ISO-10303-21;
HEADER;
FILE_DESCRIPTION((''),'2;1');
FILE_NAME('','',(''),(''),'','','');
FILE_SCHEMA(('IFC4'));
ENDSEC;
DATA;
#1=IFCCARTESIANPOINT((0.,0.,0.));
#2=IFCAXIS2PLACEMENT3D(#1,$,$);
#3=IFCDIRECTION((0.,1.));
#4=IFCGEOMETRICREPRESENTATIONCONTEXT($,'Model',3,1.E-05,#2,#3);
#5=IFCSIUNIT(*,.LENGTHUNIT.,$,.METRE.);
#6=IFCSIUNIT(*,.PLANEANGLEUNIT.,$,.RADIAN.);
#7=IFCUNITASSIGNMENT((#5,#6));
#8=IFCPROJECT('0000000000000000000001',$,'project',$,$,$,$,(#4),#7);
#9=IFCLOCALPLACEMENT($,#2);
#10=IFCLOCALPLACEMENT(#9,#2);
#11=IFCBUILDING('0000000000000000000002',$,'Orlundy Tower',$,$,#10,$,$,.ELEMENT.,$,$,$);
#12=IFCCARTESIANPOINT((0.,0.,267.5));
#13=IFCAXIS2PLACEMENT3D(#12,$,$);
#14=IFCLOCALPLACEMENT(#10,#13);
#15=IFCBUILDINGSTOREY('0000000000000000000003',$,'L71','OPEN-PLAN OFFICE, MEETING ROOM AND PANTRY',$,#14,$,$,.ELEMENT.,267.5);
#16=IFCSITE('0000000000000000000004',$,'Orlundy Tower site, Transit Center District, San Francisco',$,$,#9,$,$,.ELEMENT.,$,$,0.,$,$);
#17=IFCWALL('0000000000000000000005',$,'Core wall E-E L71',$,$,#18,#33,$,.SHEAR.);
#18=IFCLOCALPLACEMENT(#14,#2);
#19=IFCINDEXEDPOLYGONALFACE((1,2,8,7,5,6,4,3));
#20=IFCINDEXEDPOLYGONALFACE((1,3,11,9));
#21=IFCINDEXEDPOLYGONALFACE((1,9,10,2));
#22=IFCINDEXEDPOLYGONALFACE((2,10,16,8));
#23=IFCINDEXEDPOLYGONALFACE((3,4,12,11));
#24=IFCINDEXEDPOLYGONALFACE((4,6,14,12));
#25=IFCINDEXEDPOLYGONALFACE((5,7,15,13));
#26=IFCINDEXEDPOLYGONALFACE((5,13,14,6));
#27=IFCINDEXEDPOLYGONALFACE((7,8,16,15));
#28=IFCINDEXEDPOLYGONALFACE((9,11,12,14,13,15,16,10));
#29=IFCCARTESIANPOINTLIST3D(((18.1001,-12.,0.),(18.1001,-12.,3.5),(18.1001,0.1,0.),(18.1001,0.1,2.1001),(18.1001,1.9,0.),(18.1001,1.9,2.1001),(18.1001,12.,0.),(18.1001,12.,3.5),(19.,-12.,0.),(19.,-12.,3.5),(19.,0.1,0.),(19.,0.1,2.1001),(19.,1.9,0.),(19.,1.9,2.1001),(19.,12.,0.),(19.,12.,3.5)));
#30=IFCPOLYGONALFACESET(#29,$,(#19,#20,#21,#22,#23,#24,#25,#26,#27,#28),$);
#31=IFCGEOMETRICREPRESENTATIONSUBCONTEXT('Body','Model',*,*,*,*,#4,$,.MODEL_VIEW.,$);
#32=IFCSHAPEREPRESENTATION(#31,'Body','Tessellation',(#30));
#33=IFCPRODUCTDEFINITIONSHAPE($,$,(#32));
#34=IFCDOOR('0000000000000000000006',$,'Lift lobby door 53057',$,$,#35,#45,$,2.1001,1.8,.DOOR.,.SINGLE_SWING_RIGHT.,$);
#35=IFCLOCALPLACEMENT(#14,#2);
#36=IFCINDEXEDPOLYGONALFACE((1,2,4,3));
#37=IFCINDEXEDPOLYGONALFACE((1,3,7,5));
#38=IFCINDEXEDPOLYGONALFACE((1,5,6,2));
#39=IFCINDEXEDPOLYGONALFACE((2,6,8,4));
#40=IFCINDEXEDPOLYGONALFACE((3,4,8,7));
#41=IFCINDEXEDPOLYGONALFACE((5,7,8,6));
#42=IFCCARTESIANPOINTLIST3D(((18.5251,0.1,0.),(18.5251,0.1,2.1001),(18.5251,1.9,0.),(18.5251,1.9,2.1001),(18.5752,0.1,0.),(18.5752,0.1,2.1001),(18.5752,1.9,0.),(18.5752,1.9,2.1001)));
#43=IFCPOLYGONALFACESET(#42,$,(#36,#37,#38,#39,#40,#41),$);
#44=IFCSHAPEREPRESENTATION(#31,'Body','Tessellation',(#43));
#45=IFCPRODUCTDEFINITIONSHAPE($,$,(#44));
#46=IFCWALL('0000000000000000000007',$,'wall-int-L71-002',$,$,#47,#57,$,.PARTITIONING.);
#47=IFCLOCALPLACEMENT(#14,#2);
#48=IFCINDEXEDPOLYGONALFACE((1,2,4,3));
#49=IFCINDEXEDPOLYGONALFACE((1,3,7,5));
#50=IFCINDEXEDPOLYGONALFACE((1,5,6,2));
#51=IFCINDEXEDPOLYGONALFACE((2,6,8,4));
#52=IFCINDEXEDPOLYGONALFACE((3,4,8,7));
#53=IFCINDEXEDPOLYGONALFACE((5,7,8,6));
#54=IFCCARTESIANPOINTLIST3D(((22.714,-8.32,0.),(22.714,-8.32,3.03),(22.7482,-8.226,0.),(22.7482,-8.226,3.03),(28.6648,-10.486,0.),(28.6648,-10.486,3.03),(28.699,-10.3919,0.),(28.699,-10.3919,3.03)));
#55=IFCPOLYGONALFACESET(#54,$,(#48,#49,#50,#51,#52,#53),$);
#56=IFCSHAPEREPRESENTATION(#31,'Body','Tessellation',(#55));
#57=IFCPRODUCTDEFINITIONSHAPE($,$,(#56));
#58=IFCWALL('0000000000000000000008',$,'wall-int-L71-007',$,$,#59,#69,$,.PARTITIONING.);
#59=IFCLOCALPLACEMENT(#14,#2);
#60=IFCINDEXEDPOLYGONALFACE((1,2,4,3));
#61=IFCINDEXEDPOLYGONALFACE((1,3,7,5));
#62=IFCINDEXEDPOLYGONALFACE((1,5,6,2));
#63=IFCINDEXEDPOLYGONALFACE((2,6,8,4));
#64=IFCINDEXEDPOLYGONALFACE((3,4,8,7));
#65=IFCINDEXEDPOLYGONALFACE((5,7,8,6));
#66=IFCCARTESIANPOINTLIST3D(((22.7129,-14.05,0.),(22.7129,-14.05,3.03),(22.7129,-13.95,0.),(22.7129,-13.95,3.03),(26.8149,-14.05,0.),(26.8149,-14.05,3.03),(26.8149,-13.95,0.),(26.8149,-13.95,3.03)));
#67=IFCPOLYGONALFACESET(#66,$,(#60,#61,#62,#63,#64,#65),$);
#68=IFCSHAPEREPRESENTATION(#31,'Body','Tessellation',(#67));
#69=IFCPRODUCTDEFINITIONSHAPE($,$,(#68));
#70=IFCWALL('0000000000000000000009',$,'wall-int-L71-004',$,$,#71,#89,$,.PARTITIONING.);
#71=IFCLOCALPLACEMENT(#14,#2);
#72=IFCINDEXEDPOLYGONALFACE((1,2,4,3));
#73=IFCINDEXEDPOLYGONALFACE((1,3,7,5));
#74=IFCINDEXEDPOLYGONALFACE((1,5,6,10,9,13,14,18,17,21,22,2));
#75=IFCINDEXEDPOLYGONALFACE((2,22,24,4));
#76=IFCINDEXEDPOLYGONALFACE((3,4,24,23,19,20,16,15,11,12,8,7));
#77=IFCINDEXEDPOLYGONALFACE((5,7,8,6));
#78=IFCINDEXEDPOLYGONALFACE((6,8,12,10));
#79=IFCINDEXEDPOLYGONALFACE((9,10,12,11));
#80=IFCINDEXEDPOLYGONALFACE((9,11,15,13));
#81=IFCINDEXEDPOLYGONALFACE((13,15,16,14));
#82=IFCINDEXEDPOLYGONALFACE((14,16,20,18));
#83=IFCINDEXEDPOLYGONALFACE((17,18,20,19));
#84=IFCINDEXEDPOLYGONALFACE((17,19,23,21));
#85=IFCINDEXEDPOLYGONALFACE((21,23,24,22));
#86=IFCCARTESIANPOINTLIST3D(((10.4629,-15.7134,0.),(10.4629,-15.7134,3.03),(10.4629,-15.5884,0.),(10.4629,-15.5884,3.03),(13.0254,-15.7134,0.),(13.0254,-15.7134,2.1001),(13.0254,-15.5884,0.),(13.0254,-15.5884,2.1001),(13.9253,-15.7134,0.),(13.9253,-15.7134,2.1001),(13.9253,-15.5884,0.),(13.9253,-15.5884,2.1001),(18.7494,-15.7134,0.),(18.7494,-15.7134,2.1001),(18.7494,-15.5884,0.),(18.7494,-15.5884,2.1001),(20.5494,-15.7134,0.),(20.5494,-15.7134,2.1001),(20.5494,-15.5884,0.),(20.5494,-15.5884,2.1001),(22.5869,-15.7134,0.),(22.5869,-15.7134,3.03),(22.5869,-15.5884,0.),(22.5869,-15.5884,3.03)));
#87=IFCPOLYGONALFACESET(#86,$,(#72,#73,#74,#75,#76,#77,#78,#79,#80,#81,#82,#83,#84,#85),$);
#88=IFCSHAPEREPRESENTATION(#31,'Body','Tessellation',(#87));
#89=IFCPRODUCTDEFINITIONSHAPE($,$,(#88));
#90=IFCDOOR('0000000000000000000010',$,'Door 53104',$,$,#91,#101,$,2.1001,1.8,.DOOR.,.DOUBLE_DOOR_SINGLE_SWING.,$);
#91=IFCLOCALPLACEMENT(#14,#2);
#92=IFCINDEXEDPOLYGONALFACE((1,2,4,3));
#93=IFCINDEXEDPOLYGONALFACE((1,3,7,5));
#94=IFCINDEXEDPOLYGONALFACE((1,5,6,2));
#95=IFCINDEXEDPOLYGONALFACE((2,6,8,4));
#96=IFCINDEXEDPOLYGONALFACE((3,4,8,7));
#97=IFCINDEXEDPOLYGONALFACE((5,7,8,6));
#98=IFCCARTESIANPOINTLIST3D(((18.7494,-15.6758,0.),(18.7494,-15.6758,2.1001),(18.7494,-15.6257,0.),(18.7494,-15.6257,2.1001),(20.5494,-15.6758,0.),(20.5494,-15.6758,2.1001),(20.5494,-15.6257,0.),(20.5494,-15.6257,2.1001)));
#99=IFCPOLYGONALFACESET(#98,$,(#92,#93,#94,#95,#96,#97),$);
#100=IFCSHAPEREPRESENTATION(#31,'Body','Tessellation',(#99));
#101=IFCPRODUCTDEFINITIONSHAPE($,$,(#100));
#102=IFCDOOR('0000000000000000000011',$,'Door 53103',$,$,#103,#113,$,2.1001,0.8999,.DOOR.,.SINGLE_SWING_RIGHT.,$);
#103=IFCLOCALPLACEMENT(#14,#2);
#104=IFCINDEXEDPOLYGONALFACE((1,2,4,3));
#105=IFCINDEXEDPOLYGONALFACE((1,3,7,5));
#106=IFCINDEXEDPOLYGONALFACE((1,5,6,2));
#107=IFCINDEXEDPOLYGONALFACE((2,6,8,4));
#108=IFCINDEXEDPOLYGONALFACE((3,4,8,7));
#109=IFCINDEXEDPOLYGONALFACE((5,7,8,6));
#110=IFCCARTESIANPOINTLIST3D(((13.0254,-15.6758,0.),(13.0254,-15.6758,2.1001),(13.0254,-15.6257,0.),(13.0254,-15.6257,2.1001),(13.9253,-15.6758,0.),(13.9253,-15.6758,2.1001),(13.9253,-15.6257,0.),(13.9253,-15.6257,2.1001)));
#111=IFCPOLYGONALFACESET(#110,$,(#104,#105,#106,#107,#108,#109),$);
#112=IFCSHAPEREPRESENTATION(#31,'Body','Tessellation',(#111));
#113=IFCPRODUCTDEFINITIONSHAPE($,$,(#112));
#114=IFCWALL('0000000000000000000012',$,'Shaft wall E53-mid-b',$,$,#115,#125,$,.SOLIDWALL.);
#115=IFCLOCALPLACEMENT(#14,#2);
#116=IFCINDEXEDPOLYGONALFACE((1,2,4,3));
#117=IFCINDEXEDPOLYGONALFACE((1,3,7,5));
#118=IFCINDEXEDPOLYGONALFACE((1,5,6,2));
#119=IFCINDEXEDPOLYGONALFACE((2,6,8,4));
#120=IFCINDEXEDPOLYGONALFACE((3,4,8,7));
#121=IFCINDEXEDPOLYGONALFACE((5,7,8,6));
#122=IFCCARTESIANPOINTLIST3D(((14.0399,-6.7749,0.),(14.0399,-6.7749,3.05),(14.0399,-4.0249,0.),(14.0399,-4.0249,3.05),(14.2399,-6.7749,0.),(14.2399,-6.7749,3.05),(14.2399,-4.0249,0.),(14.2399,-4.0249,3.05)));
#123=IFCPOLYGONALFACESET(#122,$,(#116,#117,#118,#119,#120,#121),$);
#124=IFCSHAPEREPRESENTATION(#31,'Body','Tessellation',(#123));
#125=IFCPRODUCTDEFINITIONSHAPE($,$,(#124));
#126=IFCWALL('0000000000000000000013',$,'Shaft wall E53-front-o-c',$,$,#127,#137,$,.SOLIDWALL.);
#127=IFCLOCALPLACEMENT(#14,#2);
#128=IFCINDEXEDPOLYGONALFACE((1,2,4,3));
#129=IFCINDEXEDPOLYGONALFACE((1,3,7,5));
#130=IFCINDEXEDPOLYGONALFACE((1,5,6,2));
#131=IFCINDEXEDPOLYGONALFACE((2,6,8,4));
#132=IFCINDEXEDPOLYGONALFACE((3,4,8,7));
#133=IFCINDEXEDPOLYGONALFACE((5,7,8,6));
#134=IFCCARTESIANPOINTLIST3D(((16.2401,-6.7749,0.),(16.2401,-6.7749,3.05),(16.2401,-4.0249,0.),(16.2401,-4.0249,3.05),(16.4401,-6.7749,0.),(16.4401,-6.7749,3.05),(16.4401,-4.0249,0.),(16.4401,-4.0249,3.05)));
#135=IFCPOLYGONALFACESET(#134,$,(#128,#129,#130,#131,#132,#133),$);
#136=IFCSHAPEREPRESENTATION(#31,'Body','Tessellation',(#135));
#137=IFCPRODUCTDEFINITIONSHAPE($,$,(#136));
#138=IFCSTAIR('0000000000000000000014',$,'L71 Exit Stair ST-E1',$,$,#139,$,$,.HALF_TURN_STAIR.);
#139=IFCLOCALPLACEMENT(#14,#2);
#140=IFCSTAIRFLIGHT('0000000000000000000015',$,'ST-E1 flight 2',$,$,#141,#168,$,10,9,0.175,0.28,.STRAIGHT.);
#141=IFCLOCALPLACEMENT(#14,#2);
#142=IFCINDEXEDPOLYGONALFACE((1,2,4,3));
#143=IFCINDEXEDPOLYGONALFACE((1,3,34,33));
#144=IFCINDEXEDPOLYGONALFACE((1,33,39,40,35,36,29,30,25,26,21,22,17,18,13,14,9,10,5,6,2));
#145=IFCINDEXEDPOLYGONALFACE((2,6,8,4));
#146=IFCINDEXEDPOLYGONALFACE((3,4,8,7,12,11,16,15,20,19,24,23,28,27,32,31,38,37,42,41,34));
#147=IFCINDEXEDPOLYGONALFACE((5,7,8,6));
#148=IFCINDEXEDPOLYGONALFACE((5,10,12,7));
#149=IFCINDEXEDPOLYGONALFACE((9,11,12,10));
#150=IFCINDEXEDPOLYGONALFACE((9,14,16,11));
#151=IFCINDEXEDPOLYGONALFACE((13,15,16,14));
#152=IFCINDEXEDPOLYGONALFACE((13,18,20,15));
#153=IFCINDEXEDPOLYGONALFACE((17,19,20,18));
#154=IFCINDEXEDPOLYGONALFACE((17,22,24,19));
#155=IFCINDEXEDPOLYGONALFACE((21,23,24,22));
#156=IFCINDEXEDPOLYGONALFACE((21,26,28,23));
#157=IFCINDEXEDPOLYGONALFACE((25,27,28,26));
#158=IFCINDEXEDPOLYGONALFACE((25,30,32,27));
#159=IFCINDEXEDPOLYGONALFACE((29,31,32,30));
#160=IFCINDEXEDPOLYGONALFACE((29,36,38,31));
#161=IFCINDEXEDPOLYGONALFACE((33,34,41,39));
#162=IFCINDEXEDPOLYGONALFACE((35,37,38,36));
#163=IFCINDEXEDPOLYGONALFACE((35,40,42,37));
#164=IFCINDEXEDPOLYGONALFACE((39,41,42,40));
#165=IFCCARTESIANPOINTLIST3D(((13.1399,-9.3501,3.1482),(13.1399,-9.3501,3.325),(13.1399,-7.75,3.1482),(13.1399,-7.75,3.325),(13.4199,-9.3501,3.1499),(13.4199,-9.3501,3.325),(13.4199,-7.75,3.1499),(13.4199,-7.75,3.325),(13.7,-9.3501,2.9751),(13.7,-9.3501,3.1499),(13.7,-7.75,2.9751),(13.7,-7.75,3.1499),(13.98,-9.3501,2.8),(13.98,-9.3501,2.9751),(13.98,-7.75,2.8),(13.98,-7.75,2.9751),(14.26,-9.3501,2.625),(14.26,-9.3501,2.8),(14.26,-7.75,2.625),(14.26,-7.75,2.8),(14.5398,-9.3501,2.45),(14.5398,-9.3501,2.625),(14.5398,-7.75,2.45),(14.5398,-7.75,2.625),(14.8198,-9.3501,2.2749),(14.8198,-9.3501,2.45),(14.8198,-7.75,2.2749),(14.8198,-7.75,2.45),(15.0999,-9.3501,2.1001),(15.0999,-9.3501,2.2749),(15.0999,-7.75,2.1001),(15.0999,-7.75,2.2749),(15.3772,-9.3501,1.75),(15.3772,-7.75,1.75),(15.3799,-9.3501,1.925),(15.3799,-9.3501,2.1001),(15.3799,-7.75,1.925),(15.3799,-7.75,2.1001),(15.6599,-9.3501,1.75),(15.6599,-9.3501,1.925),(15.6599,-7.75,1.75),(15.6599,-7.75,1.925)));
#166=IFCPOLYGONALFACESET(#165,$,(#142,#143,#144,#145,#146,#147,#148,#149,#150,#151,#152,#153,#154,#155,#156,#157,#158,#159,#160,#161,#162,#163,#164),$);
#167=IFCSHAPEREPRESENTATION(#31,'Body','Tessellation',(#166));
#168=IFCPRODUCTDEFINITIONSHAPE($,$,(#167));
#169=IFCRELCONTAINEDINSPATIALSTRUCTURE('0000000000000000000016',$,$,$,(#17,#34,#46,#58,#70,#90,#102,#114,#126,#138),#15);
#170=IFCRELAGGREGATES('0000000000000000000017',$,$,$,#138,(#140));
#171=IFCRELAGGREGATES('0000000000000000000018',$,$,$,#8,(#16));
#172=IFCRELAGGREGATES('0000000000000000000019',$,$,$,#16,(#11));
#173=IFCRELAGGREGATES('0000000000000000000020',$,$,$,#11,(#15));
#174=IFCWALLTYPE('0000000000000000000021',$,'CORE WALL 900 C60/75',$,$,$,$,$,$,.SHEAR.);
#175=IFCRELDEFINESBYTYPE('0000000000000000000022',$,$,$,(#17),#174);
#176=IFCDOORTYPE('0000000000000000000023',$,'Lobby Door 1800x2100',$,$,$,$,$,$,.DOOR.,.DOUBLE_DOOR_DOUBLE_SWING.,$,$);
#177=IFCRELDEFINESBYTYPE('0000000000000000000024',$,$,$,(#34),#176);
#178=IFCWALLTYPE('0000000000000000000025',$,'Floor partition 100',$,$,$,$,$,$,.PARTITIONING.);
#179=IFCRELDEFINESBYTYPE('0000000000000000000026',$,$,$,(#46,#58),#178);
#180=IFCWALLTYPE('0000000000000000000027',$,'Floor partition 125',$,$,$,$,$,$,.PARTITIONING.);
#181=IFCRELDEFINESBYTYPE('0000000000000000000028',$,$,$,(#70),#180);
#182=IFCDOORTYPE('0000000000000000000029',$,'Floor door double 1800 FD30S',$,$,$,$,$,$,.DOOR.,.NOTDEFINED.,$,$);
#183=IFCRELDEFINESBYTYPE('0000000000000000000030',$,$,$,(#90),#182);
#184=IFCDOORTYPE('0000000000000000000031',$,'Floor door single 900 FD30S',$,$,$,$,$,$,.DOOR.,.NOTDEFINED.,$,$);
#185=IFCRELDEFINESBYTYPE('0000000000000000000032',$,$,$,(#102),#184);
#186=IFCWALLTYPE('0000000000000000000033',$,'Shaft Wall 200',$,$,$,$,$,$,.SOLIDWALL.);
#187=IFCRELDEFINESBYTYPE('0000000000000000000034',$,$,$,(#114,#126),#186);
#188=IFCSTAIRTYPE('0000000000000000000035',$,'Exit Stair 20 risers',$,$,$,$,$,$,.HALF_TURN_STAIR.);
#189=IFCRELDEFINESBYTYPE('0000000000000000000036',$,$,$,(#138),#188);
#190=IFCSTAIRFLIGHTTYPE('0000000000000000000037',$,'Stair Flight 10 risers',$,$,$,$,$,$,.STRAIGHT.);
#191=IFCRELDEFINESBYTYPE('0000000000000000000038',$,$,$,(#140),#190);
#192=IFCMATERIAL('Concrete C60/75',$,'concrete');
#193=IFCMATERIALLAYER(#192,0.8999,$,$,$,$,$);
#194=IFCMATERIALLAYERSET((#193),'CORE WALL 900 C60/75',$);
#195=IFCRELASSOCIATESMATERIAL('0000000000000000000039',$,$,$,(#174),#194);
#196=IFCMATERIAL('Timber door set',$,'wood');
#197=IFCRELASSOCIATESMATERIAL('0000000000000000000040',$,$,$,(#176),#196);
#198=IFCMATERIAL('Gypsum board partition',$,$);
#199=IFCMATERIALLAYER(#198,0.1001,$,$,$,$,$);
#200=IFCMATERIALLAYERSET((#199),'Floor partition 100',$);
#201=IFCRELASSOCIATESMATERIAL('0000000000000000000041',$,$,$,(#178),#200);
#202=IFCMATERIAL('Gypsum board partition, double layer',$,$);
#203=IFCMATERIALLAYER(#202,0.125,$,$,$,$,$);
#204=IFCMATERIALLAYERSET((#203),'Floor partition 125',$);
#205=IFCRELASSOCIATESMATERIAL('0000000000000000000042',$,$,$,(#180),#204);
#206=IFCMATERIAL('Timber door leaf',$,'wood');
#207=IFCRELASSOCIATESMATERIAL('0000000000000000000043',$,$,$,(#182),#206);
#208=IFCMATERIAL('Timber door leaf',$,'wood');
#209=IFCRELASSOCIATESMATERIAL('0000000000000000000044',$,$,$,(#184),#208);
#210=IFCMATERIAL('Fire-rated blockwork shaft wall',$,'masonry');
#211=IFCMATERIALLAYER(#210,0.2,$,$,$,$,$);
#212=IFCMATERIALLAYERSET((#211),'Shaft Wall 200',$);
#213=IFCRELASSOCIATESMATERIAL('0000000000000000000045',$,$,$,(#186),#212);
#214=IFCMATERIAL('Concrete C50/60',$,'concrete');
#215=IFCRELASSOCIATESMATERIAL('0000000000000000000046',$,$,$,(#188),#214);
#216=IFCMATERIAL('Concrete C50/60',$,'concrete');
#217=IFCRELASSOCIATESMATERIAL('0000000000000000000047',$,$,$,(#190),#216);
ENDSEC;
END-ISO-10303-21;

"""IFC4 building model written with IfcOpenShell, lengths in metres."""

from ifc_helpers import new_model, si_unit, direction, frame, frame_2d, origin, place, context, subcontext, project, spatial, polyline, rectangle, outline, extrude, material, layer, layer_set, type_object, element, fill, aggregate, save


model = new_model("IFC4")

# Units and contexts
model_context = context("Model", 3, precision=1e-05, world=origin(), true_north=direction((0.0, 1.0)))
body_context = subcontext(model_context, "Body", "Model", "MODEL_VIEW")
ifc_project = project(units=[si_unit("LENGTHUNIT", "METRE"), si_unit("PLANEANGLEUNIT", "RADIAN")], contexts=[model_context])

# Site, building, storey
site_placement = place(None, origin())
site = spatial("IfcSite", under=ifc_project, at=site_placement, Name="Orlundy Tower site, Transit Center District, San Francisco", CompositionType="ELEMENT", RefElevation=0.0)
building_placement = place(site_placement, origin())
building = spatial("IfcBuilding", under=site, at=building_placement, Name="Orlundy Tower", CompositionType="ELEMENT")
storey_placement = place(building_placement, frame((0.0, 0.0, 267.5)))
storey = spatial("IfcBuildingStorey", under=building, at=storey_placement, Name="L71", Description="OPEN-PLAN OFFICE, MEETING ROOM AND PANTRY", CompositionType="ELEMENT", Elevation=267.5)

# Wall, opening, door
ifc_material_1 = material(Name="Concrete C60/75", Category="concrete")
ifc_layer_1 = layer(ifc_material_1, 0.8999)
ifc_layer_set_1 = layer_set([ifc_layer_1], Name="CORE WALL 900 C60/75")
wall_type_1 = type_object("IfcWallType", Name="CORE WALL 900 C60/75", PredefinedType="SHEAR", material=ifc_layer_set_1)
wall_1_placement = place(storey_placement, frame((18.55, -12.0, 0.0), z_axis=(0.0, 0.0, 1.0), x_axis=(0.0, 1.0, 0.0)))
wall_1 = element("IfcWall", 1, at=wall_1_placement, inside=storey, type_object=wall_type_1, Name="Core wall E-E L71", PredefinedType="SHEAR", context=body_context, shape_type="SweptSolid", body=[
    extrude(rectangle(XDim=24.0, YDim=0.8999, at=frame_2d((12.0, 0.0))), origin(), (0.0, 0.0, 1.0), 3.5),
])
opening_1_placement = place(wall_1_placement, frame((12.1001, 0.0, 0.0)))
opening_1 = element("IfcOpeningElement", 2, at=opening_1_placement, cuts=wall_1, PredefinedType="OPENING", context=body_context, shape_type="SweptSolid", body=[
    extrude(rectangle(XDim=1.8, YDim=2.1001, at=frame_2d((0.8999, 1.05))), frame((0.0, 0.46, 0.0), z_axis=(0.0, -1.0, 0.0), x_axis=(1.0, 0.0, 0.0)), (0.0, 0.0, 1.0), 0.9199),
])
ifc_material_2 = material(Name="Timber door set", Category="wood")
door_type_1 = type_object("IfcDoorType", Name="Lobby Door 1800x2100", OperationType="DOUBLE_DOOR_DOUBLE_SWING", PredefinedType="DOOR", material=ifc_material_2)
door_1_placement = place(opening_1_placement, origin())
door_1 = element("IfcDoor", 3, at=door_1_placement, inside=storey, type_object=door_type_1, Name="Lift lobby door 53057", OperationType="SINGLE_SWING_RIGHT", OverallHeight=2.1001, OverallWidth=1.8, PredefinedType="DOOR", context=body_context, shape_type="SweptSolid", body=[
    extrude(rectangle(XDim=1.8, YDim=2.1001, at=frame_2d((0.8999, 1.05))), frame((0.0, 0.0249, 0.0), z_axis=(0.0, -1.0, 0.0), x_axis=(1.0, 0.0, 0.0)), (0.0, 0.0, 1.0), 0.05),
])
fill(opening_1, door_1)

# Walls
ifc_material_3 = material(Name="Gypsum board partition")
ifc_layer_2 = layer(ifc_material_3, 0.1001)
ifc_layer_set_2 = layer_set([ifc_layer_2], Name="Floor partition 100")
wall_type_2 = type_object("IfcWallType", Name="Floor partition 100", PredefinedType="PARTITIONING", material=ifc_layer_set_2)
wall_2_placement = place(storey_placement, frame((22.731, -8.2729, 0.0), z_axis=(0.0, 0.0, 1.0), x_axis=(0.93969, -0.342028, 0.0)))
element("IfcWall", 4, at=wall_2_placement, inside=storey, type_object=wall_type_2, Name="wall-int-L71-002", PredefinedType="PARTITIONING", context=body_context, shape_type="SweptSolid", body=[
    extrude(rectangle(XDim=6.3328, YDim=0.1001, at=frame_2d((3.1665, 0.0))), origin(), (0.0, 0.0, 1.0), 3.03),
])
wall_3_placement = place(storey_placement, frame((22.7129, -14.0, 0.0), z_axis=(0.0, 0.0, 1.0), x_axis=(1.0, 0.0, 0.0)))
element("IfcWall", 5, at=wall_3_placement, inside=storey, type_object=wall_type_2, Name="wall-int-L71-007", PredefinedType="PARTITIONING", context=body_context, shape_type="SweptSolid", body=[
    extrude(rectangle(XDim=4.1021, YDim=0.1001, at=frame_2d((2.051, 0.0))), origin(), (0.0, 0.0, 1.0), 3.03),
])

# Wall, openings, doors
ifc_material_4 = material(Name="Gypsum board partition, double layer")
ifc_layer_3 = layer(ifc_material_4, 0.125)
ifc_layer_set_3 = layer_set([ifc_layer_3], Name="Floor partition 125")
wall_type_3 = type_object("IfcWallType", Name="Floor partition 125", PredefinedType="PARTITIONING", material=ifc_layer_set_3)
wall_4_placement = place(storey_placement, frame((22.5869, -15.6509, 0.0), z_axis=(0.0, 0.0, 1.0), x_axis=(-1.0, 0.0, 0.0)))
wall_4 = element("IfcWall", 6, at=wall_4_placement, inside=storey, type_object=wall_type_3, Name="wall-int-L71-004", PredefinedType="PARTITIONING", context=body_context, shape_type="SweptSolid", body=[
    extrude(rectangle(XDim=12.124, YDim=0.125, at=frame_2d((6.062, 0.0))), origin(), (0.0, 0.0, 1.0), 3.03),
])
opening_2_placement = place(wall_4_placement, frame((8.6616, 0.0, 0.0)))
opening_2 = element("IfcOpeningElement", 7, at=opening_2_placement, cuts=wall_4, PredefinedType="OPENING", context=body_context, shape_type="SweptSolid", body=[
    extrude(rectangle(XDim=0.8999, YDim=2.1001, at=frame_2d((0.45, 1.05))), frame((0.0, 0.0725, 0.0), z_axis=(0.0, -1.0, 0.0), x_axis=(1.0, 0.0, 0.0)), (0.0, 0.0, 1.0), 0.145),
])
opening_3_placement = place(wall_4_placement, frame((2.0376, 0.0, 0.0)))
opening_3 = element("IfcOpeningElement", 8, at=opening_3_placement, cuts=wall_4, PredefinedType="OPENING", context=body_context, shape_type="SweptSolid", body=[
    extrude(rectangle(XDim=1.8, YDim=2.1001, at=frame_2d((0.8999, 1.05))), frame((0.0, 0.0725, 0.0), z_axis=(0.0, -1.0, 0.0), x_axis=(1.0, 0.0, 0.0)), (0.0, 0.0, 1.0), 0.145),
])
ifc_material_5 = material(Name="Timber door leaf", Category="wood")
door_type_2 = type_object("IfcDoorType", Name="Floor door double 1800 FD30S", OperationType="NOTDEFINED", PredefinedType="DOOR", material=ifc_material_5)
door_2_placement = place(opening_3_placement, origin())
door_2 = element("IfcDoor", 9, at=door_2_placement, inside=storey, type_object=door_type_2, Name="Door 53104", OperationType="DOUBLE_DOOR_SINGLE_SWING", OverallHeight=2.1001, OverallWidth=1.8, PredefinedType="DOOR", context=body_context, shape_type="SweptSolid", body=[
    extrude(rectangle(XDim=1.8, YDim=2.1001, at=frame_2d((0.8999, 1.05))), frame((0.0, 0.0249, 0.0), z_axis=(0.0, -1.0, 0.0), x_axis=(1.0, 0.0, 0.0)), (0.0, 0.0, 1.0), 0.05),
])
fill(opening_3, door_2)
ifc_material_6 = material(Name="Timber door leaf", Category="wood")
door_type_3 = type_object("IfcDoorType", Name="Floor door single 900 FD30S", OperationType="NOTDEFINED", PredefinedType="DOOR", material=ifc_material_6)
door_3_placement = place(opening_2_placement, origin())
door_3 = element("IfcDoor", 10, at=door_3_placement, inside=storey, type_object=door_type_3, Name="Door 53103", OperationType="SINGLE_SWING_RIGHT", OverallHeight=2.1001, OverallWidth=0.8999, PredefinedType="DOOR", context=body_context, shape_type="SweptSolid", body=[
    extrude(rectangle(XDim=0.8999, YDim=2.1001, at=frame_2d((0.45, 1.05))), frame((0.0, 0.0249, 0.0), z_axis=(0.0, -1.0, 0.0), x_axis=(1.0, 0.0, 0.0)), (0.0, 0.0, 1.0), 0.05),
])
fill(opening_2, door_3)

# Walls
ifc_material_7 = material(Name="Fire-rated blockwork shaft wall", Category="masonry")
ifc_layer_4 = layer(ifc_material_7, 0.2)
ifc_layer_set_4 = layer_set([ifc_layer_4], Name="Shaft Wall 200")
wall_type_4 = type_object("IfcWallType", Name="Shaft Wall 200", PredefinedType="SOLIDWALL", material=ifc_layer_set_4)
for number, where, z_axis, x_axis, name in (
    (11, (14.1399, -4.0249, 0.0), (0.0, 0.0, 1.0), (0.0, -1.0, 0.0), "Shaft wall E53-mid-b"),
    (12, (16.3401, -4.0249, 0.0), (0.0, 0.0, 1.0), (0.0, -1.0, 0.0), "Shaft wall E53-front-o-c"),
):
    element("IfcWall", number, at=place(storey_placement, frame(where, z_axis=z_axis, x_axis=x_axis)), inside=storey, type_object=wall_type_4, Name=name, PredefinedType="SOLIDWALL", context=body_context, shape_type="SweptSolid", body=[
        extrude(rectangle(XDim=2.75, YDim=0.2, at=frame_2d((1.375, 0.0))), origin(), (0.0, 0.0, 1.0), 3.05),
    ])

# Stair, stair flight
ifc_material_8 = material(Name="Concrete C50/60", Category="concrete")
stair_type = type_object("IfcStairType", Name="Exit Stair 20 risers", PredefinedType="HALF_TURN_STAIR", material=ifc_material_8)
stair_placement = place(storey_placement, origin())
stair = element("IfcStair", 13, at=stair_placement, inside=storey, type_object=stair_type, Name="L71 Exit Stair ST-E1", PredefinedType="HALF_TURN_STAIR")
ifc_material_9 = material(Name="Concrete C50/60", Category="concrete")
stair_flight_type = type_object("IfcStairFlightType", Name="Stair Flight 10 risers", PredefinedType="STRAIGHT", material=ifc_material_9)
stair_flight_placement = place(storey_placement, frame((15.6599, -8.55, 1.75), z_axis=(0.0, 0.0, 1.0), x_axis=(-1.0, 0.0, 0.0)))
stair_flight = element("IfcStairFlight", 14, at=stair_flight_placement, type_object=stair_flight_type, Name="ST-E1 flight 2", NumberOfRisers=10, NumberOfTreads=9, PredefinedType="STRAIGHT", RiserHeight=0.175, TreadLength=0.28, context=body_context, shape_type="SweptSolid", body=[
    extrude(outline(polyline([(0.0, 0.0), (0.0, 0.175), (0.28, 0.175), (0.28, 0.3501), (0.5601, 0.3501), (0.5601, 0.5249), (0.8401, 0.5249), (0.8401, 0.7), (1.1201, 0.7), (1.1201, 0.875), (1.3999, 0.875), (1.3999, 1.05), (1.6799, 1.05), (1.6799, 1.2251), (1.96, 1.2251), (1.96, 1.3999), (2.24, 1.3999), (2.24, 1.575), (2.52, 1.575), (2.52, 1.75), (2.52, 1.3982), (0.2827, 0.0), (0.0, 0.0)])), frame((0.0, 0.8, 0.0), z_axis=(0.0, -1.0, 0.0), x_axis=(1.0, 0.0, 0.0)), (0.0, 0.0, 1.0), 1.6001),
])
aggregate(stair, [stair_flight])

save(model, "model.ifc")
